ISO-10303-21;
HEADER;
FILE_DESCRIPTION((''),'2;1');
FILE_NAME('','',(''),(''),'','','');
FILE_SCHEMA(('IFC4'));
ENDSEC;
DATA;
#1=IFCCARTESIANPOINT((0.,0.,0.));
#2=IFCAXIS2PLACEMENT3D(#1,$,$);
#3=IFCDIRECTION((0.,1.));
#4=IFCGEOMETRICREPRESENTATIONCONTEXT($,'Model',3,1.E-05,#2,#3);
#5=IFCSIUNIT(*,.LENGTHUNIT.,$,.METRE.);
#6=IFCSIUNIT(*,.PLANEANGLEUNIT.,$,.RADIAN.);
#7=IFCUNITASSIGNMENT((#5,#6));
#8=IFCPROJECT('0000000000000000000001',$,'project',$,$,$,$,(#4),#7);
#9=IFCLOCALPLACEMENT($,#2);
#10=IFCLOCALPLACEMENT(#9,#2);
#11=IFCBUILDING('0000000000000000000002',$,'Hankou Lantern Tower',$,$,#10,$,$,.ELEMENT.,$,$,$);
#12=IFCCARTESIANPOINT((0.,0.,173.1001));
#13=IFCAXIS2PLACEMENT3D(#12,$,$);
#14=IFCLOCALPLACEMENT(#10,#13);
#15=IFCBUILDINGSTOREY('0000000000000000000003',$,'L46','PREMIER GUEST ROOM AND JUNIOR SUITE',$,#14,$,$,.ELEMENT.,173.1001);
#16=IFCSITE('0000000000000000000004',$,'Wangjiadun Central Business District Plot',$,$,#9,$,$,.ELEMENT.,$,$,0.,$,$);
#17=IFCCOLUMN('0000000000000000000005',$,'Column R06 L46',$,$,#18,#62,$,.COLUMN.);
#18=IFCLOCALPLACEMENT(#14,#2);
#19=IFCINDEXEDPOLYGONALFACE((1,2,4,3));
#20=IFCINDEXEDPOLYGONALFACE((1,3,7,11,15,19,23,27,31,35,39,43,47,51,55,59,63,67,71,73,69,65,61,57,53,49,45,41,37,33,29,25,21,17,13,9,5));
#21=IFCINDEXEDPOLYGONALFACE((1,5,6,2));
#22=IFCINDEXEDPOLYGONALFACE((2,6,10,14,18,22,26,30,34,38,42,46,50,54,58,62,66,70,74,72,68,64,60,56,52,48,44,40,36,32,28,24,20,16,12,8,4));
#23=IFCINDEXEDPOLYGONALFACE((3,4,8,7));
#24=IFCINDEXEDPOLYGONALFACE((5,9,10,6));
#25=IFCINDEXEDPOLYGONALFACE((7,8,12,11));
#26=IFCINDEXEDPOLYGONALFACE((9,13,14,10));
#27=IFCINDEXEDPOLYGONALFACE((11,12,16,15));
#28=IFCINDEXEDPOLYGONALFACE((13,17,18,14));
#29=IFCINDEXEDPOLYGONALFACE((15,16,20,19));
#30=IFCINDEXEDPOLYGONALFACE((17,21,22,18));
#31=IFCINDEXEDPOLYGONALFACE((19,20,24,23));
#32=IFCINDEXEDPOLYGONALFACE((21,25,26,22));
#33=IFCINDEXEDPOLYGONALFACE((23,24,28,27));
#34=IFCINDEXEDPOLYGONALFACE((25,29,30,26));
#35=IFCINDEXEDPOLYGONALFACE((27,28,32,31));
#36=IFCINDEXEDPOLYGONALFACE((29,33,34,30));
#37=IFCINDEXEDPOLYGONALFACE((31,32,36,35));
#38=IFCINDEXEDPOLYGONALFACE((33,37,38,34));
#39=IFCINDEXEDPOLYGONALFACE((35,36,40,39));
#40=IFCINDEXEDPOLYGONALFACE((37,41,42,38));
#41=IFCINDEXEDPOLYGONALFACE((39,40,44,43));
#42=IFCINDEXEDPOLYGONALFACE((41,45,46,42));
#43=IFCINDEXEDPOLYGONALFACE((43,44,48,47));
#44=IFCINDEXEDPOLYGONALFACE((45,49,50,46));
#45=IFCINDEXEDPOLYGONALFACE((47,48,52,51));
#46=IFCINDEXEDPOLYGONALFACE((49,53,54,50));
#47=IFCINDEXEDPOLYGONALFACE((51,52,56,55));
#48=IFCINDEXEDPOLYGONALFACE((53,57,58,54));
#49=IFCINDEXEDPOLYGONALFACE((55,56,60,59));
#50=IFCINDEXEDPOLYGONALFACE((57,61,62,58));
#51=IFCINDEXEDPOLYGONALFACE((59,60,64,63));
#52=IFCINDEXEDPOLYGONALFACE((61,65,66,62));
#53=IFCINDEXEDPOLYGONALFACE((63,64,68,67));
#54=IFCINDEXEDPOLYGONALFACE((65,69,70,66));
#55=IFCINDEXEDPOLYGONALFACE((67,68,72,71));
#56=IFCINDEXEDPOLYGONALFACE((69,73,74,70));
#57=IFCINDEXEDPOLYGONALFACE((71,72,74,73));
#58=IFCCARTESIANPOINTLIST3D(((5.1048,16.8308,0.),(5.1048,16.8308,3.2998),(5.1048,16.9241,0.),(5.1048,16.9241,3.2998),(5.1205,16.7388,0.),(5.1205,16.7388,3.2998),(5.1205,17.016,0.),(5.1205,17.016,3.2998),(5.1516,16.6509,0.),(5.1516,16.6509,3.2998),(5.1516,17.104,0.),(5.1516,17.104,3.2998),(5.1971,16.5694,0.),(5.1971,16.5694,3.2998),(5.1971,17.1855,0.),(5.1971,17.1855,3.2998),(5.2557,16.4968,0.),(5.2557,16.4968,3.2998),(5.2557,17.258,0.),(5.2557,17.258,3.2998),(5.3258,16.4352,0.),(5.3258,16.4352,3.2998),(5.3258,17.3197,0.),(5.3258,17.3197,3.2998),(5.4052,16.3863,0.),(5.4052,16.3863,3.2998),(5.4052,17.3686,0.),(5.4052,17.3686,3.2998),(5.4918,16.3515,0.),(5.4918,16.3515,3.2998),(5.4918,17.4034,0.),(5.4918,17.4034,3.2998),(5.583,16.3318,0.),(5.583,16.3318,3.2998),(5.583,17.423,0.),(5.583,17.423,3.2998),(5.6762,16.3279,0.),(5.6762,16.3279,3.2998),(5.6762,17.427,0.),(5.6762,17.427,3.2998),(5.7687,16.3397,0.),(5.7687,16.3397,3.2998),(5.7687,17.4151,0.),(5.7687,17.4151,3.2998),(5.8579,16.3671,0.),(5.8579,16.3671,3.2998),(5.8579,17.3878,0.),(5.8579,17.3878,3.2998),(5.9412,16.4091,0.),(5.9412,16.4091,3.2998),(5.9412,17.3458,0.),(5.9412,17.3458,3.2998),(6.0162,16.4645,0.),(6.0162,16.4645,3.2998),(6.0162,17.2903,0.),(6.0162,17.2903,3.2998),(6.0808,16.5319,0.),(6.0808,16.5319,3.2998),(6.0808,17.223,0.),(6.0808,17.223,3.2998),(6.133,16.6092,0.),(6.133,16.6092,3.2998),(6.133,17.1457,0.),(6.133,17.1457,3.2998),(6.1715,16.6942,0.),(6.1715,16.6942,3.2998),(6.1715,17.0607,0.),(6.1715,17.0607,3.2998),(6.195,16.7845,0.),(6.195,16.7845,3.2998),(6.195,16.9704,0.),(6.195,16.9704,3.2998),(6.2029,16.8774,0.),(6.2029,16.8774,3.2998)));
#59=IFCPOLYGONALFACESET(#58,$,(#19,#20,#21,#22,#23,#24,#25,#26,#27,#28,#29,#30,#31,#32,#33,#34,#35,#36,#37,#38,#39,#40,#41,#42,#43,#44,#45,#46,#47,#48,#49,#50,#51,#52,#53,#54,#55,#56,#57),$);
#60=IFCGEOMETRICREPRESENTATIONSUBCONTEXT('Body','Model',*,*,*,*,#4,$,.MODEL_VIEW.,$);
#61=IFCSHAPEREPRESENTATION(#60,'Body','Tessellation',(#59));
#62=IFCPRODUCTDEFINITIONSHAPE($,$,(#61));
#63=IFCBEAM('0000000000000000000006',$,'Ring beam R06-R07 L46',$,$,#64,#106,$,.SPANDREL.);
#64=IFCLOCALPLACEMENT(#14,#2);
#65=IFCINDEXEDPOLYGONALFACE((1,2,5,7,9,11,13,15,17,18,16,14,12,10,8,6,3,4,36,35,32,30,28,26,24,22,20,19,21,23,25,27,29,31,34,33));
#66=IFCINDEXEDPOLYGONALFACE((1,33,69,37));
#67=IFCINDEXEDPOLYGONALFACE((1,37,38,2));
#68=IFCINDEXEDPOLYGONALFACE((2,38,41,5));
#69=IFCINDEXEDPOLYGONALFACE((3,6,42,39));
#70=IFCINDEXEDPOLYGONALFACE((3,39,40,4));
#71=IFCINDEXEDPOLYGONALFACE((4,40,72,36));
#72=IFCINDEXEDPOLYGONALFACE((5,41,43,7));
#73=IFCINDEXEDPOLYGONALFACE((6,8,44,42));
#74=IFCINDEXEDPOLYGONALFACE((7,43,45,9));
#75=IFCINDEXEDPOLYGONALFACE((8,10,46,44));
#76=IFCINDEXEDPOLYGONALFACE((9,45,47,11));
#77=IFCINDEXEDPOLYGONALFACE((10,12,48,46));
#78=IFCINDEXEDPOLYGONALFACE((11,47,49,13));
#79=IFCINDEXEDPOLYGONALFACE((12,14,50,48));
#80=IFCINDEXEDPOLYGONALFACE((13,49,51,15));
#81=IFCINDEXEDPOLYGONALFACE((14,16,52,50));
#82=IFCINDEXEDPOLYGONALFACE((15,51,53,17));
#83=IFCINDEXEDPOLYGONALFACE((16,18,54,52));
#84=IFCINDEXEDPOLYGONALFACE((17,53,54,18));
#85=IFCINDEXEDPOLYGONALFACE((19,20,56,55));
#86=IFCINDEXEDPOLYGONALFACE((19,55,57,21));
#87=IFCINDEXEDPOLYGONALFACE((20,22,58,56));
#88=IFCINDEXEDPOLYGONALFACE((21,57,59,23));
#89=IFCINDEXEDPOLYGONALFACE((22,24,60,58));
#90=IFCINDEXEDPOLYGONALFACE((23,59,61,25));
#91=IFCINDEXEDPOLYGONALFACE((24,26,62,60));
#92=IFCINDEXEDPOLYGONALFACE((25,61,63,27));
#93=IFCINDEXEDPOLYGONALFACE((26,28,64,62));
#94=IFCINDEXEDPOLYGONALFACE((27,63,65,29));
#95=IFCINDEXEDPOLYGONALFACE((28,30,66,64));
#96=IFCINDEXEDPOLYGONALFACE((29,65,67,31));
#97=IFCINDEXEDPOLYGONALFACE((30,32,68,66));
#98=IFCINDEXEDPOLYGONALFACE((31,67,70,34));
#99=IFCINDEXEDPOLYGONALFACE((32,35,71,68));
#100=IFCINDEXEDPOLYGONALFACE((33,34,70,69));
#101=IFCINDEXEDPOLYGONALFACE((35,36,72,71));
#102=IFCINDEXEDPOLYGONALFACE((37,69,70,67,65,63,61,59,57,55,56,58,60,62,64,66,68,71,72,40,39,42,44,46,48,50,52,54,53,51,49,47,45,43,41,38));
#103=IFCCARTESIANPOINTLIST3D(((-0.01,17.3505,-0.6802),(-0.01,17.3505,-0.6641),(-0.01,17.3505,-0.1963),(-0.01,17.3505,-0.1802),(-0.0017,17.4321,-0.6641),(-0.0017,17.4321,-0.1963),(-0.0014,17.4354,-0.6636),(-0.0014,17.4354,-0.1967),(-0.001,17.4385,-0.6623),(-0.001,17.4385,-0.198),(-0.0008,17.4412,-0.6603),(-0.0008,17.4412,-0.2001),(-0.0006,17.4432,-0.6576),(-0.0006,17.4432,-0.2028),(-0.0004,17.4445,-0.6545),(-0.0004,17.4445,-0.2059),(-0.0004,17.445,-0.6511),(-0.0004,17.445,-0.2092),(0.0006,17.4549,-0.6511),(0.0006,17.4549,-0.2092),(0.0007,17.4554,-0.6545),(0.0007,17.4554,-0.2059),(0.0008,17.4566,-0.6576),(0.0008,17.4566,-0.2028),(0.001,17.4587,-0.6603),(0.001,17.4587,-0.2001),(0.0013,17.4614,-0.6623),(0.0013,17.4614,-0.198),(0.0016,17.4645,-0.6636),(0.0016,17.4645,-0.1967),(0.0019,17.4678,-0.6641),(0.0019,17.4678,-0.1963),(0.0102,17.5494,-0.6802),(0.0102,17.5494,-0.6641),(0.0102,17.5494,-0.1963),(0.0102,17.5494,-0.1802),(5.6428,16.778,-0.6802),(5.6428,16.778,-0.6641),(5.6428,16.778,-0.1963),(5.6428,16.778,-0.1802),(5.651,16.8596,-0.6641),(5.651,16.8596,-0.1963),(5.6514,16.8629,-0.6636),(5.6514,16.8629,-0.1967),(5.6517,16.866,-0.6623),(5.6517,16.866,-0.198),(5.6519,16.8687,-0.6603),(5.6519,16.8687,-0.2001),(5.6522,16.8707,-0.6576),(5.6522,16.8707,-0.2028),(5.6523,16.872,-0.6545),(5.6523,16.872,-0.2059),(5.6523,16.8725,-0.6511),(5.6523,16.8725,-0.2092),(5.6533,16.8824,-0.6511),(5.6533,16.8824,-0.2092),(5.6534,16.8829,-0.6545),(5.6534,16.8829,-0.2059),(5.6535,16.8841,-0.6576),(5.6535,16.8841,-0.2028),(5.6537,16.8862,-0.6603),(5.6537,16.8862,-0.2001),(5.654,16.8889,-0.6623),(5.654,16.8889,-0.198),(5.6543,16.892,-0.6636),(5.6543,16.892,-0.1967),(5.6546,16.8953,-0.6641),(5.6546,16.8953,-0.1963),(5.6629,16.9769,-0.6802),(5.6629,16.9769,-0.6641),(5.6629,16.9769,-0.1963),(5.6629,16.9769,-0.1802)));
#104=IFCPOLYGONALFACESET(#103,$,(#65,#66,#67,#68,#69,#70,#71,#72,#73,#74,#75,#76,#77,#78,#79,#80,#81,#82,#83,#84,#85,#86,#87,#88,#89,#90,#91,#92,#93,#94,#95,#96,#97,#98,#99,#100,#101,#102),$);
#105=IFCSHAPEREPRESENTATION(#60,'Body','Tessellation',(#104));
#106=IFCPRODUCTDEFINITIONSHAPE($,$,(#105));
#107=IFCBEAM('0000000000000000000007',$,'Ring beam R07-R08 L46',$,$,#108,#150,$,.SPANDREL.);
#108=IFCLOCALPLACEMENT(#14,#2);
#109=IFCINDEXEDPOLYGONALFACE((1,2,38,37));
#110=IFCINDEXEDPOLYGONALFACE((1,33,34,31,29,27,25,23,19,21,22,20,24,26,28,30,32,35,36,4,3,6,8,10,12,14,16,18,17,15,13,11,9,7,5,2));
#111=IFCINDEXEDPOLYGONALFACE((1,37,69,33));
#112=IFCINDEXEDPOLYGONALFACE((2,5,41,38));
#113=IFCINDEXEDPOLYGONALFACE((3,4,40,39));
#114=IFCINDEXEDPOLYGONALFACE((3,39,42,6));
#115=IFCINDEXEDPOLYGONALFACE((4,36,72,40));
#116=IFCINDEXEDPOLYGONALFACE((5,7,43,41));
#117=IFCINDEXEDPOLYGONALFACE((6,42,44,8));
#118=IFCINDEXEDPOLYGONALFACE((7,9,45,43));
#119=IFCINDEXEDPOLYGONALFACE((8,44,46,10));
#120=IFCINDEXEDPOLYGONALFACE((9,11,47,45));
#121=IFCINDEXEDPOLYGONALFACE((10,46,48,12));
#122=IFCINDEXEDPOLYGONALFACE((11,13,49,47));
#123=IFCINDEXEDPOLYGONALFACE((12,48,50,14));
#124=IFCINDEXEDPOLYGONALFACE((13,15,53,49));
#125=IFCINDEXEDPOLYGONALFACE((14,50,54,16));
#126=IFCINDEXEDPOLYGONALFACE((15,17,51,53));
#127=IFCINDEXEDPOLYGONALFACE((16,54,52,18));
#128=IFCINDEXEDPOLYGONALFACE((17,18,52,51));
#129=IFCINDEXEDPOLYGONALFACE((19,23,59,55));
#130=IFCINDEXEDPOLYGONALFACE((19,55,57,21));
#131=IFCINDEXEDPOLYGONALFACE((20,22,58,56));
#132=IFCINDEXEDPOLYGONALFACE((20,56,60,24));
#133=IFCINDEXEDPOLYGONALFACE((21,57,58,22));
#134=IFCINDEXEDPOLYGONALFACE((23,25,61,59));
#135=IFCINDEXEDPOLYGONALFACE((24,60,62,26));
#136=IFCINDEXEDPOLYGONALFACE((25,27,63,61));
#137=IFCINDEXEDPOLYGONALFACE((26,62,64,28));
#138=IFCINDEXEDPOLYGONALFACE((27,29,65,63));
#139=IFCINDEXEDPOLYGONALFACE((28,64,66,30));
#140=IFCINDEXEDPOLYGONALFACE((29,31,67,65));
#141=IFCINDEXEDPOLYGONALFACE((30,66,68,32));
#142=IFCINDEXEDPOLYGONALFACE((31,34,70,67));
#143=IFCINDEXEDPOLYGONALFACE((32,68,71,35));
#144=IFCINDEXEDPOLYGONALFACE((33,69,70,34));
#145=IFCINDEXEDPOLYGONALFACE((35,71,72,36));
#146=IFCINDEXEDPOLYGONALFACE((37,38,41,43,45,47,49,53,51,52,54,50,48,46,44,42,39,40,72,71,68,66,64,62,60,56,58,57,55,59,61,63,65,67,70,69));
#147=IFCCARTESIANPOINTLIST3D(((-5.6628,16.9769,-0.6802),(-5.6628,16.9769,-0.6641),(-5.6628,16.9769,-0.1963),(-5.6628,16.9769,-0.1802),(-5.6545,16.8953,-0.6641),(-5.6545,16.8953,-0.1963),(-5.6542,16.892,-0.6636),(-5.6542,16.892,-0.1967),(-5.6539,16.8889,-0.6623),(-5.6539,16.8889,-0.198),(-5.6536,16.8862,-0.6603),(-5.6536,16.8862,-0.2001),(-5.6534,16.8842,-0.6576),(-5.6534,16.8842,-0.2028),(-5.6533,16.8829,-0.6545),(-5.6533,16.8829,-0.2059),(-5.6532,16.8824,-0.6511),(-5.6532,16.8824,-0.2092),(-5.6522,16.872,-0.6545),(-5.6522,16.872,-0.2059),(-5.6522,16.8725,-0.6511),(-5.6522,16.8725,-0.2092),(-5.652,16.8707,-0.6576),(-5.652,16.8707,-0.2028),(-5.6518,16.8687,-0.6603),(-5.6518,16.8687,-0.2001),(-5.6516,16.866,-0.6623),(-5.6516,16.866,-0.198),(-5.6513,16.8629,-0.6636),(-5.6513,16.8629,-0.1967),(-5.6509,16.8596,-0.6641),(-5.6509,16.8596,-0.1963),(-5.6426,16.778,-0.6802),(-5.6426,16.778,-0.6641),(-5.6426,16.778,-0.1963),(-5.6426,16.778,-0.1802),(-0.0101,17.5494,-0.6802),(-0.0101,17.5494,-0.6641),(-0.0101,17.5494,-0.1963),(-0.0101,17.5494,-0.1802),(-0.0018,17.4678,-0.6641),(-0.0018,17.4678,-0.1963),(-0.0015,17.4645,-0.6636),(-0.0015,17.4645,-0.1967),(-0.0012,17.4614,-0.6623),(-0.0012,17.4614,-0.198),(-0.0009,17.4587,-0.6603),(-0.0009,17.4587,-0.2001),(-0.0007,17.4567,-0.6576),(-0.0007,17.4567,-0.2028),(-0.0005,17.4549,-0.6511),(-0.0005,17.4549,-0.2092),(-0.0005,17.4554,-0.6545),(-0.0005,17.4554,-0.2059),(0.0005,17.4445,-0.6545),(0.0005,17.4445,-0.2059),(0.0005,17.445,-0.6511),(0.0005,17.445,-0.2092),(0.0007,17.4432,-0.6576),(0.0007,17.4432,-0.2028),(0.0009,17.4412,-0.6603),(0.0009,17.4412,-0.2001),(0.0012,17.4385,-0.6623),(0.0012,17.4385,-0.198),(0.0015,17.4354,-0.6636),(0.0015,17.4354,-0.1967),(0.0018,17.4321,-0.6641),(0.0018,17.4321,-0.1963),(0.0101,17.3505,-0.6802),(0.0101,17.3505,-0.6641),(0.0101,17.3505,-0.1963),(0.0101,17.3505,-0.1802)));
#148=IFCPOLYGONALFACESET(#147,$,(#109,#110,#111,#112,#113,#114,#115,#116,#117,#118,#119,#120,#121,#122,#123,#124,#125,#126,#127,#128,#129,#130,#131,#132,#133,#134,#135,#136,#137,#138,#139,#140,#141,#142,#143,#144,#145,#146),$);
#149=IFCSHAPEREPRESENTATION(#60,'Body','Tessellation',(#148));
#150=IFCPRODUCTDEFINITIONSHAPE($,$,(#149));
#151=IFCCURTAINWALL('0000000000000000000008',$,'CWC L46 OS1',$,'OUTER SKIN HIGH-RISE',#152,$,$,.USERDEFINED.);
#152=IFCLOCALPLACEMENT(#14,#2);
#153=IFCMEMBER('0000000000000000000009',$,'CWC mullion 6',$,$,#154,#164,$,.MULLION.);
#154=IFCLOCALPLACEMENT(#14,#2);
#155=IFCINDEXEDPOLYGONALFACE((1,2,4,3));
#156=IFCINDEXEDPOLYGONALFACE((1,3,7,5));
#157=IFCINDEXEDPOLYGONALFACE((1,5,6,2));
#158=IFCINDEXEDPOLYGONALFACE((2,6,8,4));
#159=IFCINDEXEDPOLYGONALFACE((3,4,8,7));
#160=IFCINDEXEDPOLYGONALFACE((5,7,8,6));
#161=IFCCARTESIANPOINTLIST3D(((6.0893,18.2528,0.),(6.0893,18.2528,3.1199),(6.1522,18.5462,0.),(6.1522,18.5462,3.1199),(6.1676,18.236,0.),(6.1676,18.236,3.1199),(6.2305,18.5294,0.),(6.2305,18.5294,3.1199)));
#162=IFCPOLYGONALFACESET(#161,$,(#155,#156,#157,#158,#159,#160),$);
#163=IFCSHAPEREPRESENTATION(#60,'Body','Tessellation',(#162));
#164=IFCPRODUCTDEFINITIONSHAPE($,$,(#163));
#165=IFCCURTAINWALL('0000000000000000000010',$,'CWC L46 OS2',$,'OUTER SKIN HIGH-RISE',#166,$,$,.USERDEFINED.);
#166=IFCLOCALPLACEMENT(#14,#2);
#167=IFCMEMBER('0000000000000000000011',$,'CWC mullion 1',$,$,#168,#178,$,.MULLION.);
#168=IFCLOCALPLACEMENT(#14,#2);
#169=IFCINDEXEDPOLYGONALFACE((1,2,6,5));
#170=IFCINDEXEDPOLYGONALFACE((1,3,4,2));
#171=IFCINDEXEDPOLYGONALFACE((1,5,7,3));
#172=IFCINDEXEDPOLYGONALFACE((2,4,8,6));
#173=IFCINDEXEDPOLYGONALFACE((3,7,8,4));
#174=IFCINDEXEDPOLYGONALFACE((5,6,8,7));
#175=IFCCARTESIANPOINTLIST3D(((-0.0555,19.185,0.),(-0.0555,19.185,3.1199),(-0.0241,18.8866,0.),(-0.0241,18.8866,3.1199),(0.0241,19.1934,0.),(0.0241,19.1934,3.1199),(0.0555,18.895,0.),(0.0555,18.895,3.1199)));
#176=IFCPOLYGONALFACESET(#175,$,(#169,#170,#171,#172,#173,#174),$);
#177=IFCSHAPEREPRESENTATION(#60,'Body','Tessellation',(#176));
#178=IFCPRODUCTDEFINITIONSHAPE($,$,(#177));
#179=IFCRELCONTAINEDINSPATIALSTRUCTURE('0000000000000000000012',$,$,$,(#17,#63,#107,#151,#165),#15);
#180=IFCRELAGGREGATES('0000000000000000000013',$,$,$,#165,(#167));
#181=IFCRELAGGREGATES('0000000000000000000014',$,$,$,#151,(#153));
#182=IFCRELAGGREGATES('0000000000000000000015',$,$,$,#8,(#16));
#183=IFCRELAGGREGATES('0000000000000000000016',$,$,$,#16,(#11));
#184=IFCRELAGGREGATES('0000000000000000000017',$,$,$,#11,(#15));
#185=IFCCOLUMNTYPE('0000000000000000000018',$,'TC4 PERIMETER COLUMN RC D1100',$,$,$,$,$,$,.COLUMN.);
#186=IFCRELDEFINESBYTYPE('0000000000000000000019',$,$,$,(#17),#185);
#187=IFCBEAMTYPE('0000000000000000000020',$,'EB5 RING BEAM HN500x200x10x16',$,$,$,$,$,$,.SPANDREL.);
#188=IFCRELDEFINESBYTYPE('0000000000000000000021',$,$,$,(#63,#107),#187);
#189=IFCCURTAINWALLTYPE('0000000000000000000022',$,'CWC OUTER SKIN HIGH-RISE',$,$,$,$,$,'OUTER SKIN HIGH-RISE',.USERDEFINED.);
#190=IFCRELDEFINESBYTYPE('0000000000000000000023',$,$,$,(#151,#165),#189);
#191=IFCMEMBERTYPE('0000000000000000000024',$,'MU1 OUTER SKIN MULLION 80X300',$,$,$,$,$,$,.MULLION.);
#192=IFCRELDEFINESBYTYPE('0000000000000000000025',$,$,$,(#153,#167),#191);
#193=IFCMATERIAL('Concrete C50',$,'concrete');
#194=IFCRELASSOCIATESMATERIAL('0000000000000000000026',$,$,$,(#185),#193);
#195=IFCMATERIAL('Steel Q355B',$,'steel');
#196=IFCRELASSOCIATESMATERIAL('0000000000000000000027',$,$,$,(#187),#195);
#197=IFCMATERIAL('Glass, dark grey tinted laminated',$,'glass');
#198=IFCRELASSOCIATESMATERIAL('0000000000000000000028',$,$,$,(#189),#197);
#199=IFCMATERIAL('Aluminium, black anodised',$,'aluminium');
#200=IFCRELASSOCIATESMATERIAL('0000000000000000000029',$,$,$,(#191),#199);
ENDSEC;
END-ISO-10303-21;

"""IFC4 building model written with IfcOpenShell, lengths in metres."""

from ifc_helpers import new_model, si_unit, direction, frame, origin, origin_2d, place, context, subcontext, project, spatial, rectangle, circle, i_section, extrude, material, material_profile, profile_set, type_object, element, aggregate, save


model = new_model("IFC4")

# Units and contexts
model_context = context("Model", 3, precision=1e-05, world=origin(), true_north=direction((0.0, 1.0)))
body_context = subcontext(model_context, "Body", "Model", "MODEL_VIEW")
ifc_project = project(units=[si_unit("LENGTHUNIT", "METRE"), si_unit("PLANEANGLEUNIT", "RADIAN")], contexts=[model_context])

# Site, building, storey
site_placement = place(None, origin())
site = spatial("IfcSite", under=ifc_project, at=site_placement, Name="Wangjiadun Central Business District Plot", CompositionType="ELEMENT", RefElevation=0.0)
building_placement = place(site_placement, origin())
building = spatial("IfcBuilding", under=site, at=building_placement, Name="Hankou Lantern Tower", CompositionType="ELEMENT")
storey_placement = place(building_placement, frame((0.0, 0.0, 173.1001)))
storey = spatial("IfcBuildingStorey", under=building, at=storey_placement, Name="L46", Description="PREMIER GUEST ROOM AND JUNIOR SUITE", CompositionType="ELEMENT", Elevation=173.1001)

# Column
ifc_material_1 = material(Name="Concrete C50", Category="concrete")
ifc_material_profile_1 = material_profile(ifc_material_1, circle(Radius=0.55, at=origin_2d()), Name="RC D1100")
ifc_profile_set_1 = profile_set([ifc_material_profile_1], Name="Concrete C50")
column_type = type_object("IfcColumnType", Name="TC4 PERIMETER COLUMN RC D1100", PredefinedType="COLUMN", material=ifc_profile_set_1)
column_placement = place(storey_placement, frame((5.6528, 16.8774, 0.0), z_axis=(0.0, 0.0, 1.0), x_axis=(1.0, 0.0, 0.0)))
element("IfcColumn", 1, at=column_placement, inside=storey, type_object=column_type, Name="Column R06 L46", PredefinedType="COLUMN", context=body_context, shape_type="SweptSolid", body=[
    extrude(circle(Radius=0.55, at=origin_2d()), origin(), (0.0, 0.0, 1.0), 3.2998),
])

# Beams
ifc_material_2 = material(Name="Steel Q355B", Category="steel")
ifc_material_profile_2 = material_profile(ifc_material_2, i_section(OverallWidth=0.2, OverallDepth=0.5, WebThickness=0.01, FlangeThickness=0.0161, FilletRadius=0.0129, at=origin_2d()), Name="HN500x200x10x16")
ifc_profile_set_2 = profile_set([ifc_material_profile_2], Name="Steel Q355B")
beam_type_1 = type_object("IfcBeamType", Name="EB5 RING BEAM HN500x200x10x16", PredefinedType="SPANDREL", material=ifc_profile_set_2)
for number, where, z_axis, x_axis, name in (
    (2, (5.6528, 16.8774, -0.4302), (-0.99491, 0.100763, 0.0), (-0.100763, -0.99491, 0.0), "Ring beam R06-R07 L46"),
    (3, (0.0, 17.45, -0.4302), (-0.99491, -0.100763, 0.0), (0.100763, -0.99491, 0.0), "Ring beam R07-R08 L46"),
):
    element("IfcBeam", number, at=place(storey_placement, frame(where, z_axis=z_axis, x_axis=x_axis)), inside=storey, type_object=beam_type_1, Name=name, PredefinedType="SPANDREL", context=body_context, shape_type="SweptSolid", body=[
        extrude(i_section(OverallWidth=0.2, OverallDepth=0.5, WebThickness=0.01, FlangeThickness=0.0161, FilletRadius=0.0129, at=origin_2d()), origin(), (0.0, 0.0, 1.0), 5.6816),
    ])

# Curtain walls, members
ifc_material_3 = material(Name="Glass, dark grey tinted laminated", Category="glass")
curtain_wall_type = type_object("IfcCurtainWallType", Name="CWC OUTER SKIN HIGH-RISE", ElementType="OUTER SKIN HIGH-RISE", PredefinedType="USERDEFINED", material=ifc_material_3)
curtain_wall_1_placement = place(storey_placement, origin())
curtain_wall_1 = element("IfcCurtainWall", 4, at=curtain_wall_1_placement, inside=storey, type_object=curtain_wall_type, Name="CWC L46 OS1", ObjectType="OUTER SKIN HIGH-RISE", PredefinedType="USERDEFINED")
ifc_material_4 = material(Name="Aluminium, black anodised", Category="aluminium")
ifc_material_profile_3 = material_profile(ifc_material_4, rectangle(XDim=0.0801, YDim=0.3, at=origin_2d()), Name="MU1 80X300")
ifc_profile_set_3 = profile_set([ifc_material_profile_3], Name="Aluminium, black anodised")
member_type_1 = type_object("IfcMemberType", Name="MU1 OUTER SKIN MULLION 80X300", PredefinedType="MULLION", material=ifc_profile_set_3)
member_1_placement = place(storey_placement, frame((6.1599, 18.3911, 0.0), z_axis=(0.0, 0.0, 1.0), x_axis=(-0.977788, 0.209598, 0.0)))
member_1 = element("IfcMember", 5, at=member_1_placement, type_object=member_type_1, Name="CWC mullion 6", PredefinedType="MULLION", context=body_context, shape_type="SweptSolid", body=[
    extrude(rectangle(XDim=0.0801, YDim=0.3, at=origin_2d()), origin(), (0.0, 0.0, 1.0), 3.1199),
])
curtain_wall_2_placement = place(storey_placement, origin())
curtain_wall_2 = element("IfcCurtainWall", 6, at=curtain_wall_2_placement, inside=storey, type_object=curtain_wall_type, Name="CWC L46 OS2", ObjectType="OUTER SKIN HIGH-RISE", PredefinedType="USERDEFINED")
member_2_placement = place(storey_placement, frame((0.0, 19.04, 0.0), z_axis=(0.0, 0.0, 1.0), x_axis=(-0.994499, -0.104743, 0.0)))
member_2 = element("IfcMember", 7, at=member_2_placement, type_object=member_type_1, Name="CWC mullion 1", PredefinedType="MULLION", context=body_context, shape_type="SweptSolid", body=[
    extrude(rectangle(XDim=0.0801, YDim=0.3, at=origin_2d()), origin(), (0.0, 0.0, 1.0), 3.1199),
])
aggregate(curtain_wall_2, [member_2])

aggregate(curtain_wall_1, [member_1])

save(model, "model.ifc")
